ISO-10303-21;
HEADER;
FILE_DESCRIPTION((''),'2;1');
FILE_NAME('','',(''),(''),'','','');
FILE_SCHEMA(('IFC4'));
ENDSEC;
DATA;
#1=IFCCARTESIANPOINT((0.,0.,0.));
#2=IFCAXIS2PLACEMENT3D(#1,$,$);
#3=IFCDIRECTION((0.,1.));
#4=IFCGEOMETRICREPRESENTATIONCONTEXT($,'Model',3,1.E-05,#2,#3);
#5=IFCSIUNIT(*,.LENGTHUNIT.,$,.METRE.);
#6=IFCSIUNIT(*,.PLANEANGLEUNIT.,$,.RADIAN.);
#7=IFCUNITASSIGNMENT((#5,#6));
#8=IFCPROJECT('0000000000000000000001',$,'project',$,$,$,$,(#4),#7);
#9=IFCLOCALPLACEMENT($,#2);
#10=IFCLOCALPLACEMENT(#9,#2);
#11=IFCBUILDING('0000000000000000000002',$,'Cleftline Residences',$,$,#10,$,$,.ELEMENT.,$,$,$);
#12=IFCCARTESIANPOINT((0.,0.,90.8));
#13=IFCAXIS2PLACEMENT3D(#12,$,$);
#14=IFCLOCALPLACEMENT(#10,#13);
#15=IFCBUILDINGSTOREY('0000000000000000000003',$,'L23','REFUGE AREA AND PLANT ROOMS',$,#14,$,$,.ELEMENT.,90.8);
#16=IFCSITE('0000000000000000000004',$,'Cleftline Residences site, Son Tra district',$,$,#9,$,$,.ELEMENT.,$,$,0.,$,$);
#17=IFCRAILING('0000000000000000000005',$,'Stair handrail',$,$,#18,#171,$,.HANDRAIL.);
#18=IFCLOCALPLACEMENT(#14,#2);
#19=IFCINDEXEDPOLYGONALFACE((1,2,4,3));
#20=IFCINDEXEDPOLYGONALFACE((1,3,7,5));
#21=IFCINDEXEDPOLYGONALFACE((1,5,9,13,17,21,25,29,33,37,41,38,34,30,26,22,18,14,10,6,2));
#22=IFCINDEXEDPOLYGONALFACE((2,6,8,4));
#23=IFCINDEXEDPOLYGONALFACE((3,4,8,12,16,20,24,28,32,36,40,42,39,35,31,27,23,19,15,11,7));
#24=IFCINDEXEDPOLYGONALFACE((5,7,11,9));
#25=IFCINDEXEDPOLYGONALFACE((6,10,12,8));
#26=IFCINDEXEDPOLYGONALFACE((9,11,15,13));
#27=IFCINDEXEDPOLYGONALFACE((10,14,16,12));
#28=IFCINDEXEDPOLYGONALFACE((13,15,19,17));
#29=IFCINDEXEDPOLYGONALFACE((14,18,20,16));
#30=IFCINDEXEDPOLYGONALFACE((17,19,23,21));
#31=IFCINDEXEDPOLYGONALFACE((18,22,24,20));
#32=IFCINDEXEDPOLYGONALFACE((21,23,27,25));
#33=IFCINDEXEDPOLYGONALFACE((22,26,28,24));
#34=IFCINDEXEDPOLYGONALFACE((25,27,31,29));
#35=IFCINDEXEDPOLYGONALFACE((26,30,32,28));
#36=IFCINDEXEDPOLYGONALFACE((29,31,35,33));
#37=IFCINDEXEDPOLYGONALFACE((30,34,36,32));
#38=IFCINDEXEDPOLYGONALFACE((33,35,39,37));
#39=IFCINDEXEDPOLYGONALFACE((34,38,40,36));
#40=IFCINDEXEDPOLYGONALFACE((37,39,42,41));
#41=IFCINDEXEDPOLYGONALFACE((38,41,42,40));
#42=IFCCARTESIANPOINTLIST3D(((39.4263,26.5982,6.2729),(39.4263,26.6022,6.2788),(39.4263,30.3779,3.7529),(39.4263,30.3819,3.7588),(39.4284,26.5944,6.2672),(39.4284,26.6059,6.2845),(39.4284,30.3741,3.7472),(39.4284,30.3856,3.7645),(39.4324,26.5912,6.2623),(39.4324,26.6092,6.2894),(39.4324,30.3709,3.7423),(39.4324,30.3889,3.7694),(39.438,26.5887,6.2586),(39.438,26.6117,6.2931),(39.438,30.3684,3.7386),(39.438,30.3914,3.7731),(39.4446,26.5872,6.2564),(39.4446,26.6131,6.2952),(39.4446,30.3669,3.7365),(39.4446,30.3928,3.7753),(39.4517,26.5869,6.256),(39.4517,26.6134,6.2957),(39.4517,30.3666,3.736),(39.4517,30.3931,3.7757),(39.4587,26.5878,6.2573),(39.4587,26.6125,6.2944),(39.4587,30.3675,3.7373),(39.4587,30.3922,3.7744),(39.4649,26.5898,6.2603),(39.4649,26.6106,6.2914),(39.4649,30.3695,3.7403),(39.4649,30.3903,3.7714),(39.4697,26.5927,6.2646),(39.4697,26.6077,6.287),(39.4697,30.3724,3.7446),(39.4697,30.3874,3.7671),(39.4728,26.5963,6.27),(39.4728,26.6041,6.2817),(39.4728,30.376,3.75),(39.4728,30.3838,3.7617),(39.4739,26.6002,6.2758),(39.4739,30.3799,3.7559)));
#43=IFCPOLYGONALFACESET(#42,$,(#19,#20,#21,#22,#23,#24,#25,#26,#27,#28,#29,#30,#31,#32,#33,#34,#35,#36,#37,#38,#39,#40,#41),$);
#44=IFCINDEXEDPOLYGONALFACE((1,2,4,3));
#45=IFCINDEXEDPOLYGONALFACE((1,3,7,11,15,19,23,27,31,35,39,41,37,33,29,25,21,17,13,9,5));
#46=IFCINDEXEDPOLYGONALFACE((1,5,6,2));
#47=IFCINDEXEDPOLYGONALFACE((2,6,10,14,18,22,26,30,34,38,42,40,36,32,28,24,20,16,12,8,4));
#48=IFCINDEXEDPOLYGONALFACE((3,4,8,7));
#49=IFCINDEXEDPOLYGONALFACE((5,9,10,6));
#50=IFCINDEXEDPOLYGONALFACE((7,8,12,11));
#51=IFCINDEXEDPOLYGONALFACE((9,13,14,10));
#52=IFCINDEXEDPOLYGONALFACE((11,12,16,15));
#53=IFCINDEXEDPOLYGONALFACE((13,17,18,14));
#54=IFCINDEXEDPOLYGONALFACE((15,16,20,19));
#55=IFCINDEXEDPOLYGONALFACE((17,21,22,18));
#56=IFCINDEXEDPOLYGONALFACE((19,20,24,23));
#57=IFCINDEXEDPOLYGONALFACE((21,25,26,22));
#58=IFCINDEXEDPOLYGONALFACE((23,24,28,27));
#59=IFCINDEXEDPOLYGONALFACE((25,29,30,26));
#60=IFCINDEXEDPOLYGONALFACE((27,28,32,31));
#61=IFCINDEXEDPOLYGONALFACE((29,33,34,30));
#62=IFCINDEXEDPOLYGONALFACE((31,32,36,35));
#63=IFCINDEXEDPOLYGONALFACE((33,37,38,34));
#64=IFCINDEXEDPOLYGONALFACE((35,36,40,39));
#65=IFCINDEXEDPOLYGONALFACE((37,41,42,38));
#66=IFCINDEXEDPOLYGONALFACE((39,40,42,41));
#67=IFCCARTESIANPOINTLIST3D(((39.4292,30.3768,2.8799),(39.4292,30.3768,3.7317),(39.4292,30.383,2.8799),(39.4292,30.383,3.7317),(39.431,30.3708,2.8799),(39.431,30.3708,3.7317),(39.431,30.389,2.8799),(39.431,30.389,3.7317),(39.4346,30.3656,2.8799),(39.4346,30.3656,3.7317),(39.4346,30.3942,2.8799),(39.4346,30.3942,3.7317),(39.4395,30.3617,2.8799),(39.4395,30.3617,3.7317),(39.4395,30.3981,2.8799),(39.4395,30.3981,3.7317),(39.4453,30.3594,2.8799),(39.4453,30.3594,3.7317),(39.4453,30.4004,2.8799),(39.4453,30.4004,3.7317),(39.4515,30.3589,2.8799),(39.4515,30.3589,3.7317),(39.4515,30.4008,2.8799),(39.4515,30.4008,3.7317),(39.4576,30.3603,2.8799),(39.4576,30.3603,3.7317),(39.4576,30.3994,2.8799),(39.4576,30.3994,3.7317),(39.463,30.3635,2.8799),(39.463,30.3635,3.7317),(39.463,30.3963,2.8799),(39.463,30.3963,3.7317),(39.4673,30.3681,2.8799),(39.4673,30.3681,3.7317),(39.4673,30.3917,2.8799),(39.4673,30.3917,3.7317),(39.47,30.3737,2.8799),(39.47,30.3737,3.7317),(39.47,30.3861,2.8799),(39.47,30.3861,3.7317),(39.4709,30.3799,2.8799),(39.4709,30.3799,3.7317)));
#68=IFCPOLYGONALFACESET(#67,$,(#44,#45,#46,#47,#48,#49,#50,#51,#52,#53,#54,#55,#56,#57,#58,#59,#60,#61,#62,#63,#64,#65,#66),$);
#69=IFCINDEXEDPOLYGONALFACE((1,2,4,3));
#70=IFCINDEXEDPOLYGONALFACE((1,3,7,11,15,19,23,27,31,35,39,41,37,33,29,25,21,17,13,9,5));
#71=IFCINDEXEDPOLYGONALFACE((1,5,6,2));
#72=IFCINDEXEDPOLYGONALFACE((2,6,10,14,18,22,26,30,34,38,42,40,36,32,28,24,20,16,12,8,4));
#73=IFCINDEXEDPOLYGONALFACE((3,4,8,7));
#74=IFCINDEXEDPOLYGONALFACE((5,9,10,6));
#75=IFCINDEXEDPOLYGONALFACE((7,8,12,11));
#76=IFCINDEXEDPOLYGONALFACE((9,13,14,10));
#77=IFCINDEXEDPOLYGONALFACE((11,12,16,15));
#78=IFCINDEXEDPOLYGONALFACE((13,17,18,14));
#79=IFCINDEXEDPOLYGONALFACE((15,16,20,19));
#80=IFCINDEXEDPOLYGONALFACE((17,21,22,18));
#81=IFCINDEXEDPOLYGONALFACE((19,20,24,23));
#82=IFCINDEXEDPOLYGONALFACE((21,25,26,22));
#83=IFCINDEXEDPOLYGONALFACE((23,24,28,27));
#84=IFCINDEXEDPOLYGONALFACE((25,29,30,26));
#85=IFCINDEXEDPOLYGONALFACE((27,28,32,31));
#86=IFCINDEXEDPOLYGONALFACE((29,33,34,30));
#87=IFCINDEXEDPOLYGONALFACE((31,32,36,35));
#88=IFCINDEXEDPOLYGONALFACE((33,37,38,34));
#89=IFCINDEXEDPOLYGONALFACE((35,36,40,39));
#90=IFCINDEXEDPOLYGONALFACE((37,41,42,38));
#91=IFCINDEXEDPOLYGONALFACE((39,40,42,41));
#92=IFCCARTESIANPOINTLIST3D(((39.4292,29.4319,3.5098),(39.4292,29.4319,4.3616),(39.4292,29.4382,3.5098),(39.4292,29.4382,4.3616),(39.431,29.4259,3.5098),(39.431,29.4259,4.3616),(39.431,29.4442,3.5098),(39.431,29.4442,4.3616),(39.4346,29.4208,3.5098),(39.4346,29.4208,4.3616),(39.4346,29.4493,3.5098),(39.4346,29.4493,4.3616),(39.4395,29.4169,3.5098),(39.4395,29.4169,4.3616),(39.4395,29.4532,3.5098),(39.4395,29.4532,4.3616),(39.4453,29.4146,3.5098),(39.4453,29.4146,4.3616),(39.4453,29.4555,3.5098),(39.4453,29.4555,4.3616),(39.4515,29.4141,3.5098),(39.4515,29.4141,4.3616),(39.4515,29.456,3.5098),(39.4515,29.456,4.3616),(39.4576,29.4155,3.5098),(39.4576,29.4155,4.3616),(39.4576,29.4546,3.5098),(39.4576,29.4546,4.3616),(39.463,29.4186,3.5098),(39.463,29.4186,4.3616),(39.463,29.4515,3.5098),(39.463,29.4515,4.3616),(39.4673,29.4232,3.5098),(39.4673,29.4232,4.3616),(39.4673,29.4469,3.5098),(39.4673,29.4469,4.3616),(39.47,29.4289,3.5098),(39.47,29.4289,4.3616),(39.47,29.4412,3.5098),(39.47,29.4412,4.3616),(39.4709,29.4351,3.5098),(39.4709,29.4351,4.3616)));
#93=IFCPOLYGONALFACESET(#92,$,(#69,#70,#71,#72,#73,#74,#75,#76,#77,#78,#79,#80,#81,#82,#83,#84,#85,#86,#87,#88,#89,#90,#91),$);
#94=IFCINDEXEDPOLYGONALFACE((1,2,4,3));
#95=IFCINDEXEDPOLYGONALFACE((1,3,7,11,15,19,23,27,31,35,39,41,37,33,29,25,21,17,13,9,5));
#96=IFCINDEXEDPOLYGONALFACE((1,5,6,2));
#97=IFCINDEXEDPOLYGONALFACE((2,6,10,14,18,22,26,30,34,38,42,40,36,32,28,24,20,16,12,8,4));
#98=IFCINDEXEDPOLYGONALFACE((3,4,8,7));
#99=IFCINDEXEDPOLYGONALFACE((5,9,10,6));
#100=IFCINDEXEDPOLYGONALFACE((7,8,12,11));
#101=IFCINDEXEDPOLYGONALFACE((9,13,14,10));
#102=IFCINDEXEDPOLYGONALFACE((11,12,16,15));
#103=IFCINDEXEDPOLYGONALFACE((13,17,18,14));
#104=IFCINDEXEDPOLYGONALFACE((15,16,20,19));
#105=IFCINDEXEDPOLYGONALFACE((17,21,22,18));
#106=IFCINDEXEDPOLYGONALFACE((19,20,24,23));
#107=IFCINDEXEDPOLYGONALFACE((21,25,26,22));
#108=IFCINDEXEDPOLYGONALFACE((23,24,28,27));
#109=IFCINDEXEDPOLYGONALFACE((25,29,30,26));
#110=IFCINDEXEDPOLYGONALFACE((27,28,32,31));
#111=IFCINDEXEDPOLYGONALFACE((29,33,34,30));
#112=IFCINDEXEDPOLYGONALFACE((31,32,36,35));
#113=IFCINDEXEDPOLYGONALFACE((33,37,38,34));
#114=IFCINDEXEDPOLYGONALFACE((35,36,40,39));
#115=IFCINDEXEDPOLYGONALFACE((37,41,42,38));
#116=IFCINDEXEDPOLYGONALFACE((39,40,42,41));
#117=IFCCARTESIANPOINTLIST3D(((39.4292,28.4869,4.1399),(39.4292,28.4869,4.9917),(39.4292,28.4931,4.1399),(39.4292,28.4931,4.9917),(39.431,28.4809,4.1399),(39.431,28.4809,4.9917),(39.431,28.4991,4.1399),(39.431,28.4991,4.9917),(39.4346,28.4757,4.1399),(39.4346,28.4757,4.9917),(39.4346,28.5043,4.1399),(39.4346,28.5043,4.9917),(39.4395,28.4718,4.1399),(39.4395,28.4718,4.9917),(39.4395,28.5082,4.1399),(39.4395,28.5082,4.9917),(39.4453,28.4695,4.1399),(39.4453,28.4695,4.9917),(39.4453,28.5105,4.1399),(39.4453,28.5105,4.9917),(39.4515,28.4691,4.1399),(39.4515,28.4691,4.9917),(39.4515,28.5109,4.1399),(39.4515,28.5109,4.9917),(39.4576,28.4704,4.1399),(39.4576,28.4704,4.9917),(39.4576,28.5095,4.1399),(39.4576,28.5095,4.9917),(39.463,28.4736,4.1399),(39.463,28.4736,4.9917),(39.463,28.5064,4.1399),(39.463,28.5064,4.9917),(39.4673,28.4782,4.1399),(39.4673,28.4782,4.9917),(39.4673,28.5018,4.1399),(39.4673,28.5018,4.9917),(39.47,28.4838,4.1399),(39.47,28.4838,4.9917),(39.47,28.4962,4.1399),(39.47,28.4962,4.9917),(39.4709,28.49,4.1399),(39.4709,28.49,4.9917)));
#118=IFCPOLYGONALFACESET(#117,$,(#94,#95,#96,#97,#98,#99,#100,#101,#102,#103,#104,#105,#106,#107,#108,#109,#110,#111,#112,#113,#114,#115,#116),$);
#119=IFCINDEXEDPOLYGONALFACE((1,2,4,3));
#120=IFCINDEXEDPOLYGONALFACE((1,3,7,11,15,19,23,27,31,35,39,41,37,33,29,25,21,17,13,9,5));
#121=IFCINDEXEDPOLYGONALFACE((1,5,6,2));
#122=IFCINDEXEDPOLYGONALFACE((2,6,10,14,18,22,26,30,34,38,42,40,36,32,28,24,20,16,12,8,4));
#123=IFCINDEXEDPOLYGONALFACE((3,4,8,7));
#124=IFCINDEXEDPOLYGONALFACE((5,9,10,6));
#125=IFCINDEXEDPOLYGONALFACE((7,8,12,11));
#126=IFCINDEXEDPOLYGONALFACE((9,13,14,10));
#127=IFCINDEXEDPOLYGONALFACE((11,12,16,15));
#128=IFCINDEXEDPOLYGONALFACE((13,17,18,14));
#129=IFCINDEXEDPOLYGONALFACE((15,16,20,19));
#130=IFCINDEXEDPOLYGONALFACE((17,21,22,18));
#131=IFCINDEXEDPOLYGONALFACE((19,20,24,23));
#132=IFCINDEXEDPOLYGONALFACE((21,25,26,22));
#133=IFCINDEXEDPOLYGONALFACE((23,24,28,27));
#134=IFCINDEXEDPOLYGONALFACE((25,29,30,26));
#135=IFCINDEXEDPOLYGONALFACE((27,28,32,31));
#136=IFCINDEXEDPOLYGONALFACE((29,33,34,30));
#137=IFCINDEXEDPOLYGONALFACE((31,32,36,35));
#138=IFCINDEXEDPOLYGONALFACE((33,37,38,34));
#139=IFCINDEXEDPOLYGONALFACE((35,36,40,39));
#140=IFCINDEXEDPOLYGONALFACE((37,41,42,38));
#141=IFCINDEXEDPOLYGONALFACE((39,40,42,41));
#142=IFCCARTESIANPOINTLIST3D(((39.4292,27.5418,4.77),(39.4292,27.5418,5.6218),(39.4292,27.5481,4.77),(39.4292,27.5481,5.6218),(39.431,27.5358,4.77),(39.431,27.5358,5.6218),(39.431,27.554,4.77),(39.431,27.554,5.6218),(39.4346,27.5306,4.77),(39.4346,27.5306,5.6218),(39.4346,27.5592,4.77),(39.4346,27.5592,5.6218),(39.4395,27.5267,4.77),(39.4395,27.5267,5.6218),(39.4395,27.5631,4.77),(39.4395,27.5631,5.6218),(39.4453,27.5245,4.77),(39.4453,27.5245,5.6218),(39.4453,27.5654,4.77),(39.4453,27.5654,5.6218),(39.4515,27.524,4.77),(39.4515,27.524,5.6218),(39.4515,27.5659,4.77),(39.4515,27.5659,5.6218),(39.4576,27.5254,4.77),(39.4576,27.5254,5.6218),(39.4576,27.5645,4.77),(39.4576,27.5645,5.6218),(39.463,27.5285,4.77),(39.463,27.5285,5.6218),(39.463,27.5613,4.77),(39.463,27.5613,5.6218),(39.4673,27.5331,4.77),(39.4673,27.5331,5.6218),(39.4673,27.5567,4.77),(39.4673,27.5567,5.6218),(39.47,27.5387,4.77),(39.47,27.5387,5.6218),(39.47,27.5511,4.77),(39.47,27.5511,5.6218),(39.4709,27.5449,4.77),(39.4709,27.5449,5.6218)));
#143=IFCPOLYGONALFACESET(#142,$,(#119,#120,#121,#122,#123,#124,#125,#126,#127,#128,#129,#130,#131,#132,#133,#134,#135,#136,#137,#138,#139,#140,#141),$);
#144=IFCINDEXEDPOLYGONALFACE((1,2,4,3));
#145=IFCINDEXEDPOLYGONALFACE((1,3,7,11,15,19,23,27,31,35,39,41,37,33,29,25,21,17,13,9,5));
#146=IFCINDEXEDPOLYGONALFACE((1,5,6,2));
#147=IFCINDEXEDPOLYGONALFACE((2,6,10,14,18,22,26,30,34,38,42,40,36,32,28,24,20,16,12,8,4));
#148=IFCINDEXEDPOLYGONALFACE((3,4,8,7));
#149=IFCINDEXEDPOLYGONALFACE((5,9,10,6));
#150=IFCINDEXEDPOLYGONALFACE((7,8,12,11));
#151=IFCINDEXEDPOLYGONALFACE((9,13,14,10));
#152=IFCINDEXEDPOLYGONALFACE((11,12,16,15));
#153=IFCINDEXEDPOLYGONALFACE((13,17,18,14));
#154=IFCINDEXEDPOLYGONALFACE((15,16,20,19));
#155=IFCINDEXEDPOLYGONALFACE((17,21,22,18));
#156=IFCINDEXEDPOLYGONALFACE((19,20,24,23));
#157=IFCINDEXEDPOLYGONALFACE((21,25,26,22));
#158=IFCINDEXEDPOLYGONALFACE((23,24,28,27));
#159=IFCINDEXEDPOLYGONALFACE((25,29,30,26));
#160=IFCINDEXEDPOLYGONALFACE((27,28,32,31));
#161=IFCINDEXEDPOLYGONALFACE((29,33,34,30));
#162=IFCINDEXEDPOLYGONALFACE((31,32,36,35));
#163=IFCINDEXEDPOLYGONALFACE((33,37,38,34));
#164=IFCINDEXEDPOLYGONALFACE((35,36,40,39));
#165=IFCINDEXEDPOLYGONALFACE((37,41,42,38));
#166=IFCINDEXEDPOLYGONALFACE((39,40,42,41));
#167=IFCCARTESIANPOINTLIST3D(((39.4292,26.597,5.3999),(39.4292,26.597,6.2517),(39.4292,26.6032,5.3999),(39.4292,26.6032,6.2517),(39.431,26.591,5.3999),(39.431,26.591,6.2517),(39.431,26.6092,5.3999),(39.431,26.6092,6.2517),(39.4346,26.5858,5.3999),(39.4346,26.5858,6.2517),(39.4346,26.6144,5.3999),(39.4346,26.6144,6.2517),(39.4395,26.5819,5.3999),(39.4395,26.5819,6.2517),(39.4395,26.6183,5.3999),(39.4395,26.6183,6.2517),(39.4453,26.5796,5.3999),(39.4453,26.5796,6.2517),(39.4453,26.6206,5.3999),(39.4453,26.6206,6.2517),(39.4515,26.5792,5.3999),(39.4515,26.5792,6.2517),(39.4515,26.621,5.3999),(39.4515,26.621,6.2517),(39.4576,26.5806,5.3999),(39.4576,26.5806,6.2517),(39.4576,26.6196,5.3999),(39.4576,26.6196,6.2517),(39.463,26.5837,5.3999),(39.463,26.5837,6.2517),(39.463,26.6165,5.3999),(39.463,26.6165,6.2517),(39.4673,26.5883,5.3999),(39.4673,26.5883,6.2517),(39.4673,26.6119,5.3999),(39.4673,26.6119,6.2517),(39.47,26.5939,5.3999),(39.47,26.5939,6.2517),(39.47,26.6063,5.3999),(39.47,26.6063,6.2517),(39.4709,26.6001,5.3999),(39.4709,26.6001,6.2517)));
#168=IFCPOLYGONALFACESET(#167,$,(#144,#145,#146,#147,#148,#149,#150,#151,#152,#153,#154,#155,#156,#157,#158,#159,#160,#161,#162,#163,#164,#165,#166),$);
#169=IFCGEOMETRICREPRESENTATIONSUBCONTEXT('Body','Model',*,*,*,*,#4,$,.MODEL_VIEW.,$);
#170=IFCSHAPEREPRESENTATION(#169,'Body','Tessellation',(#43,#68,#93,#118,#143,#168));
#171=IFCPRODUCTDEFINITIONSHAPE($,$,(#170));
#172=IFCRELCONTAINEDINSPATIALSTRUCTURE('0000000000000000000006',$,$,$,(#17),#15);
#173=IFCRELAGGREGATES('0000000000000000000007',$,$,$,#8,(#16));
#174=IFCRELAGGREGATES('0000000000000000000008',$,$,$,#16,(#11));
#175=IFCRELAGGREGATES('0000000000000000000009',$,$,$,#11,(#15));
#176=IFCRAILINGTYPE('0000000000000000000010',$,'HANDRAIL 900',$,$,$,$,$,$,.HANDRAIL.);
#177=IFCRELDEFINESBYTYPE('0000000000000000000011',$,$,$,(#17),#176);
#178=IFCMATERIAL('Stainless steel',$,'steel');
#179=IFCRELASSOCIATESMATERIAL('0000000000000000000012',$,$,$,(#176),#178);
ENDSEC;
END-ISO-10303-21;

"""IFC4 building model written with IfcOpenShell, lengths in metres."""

from ifc_helpers import new_model, si_unit, direction, frame, origin, origin_2d, place, context, subcontext, project, spatial, circle, extrude, material, type_object, element, save


model = new_model("IFC4")

# Units and contexts
model_context = context("Model", 3, precision=1e-05, world=origin(), true_north=direction((0.0, 1.0)))
body_context = subcontext(model_context, "Body", "Model", "MODEL_VIEW")
ifc_project = project(units=[si_unit("LENGTHUNIT", "METRE"), si_unit("PLANEANGLEUNIT", "RADIAN")], contexts=[model_context])

# Site, building, storey
site_placement = place(None, origin())
site = spatial("IfcSite", under=ifc_project, at=site_placement, Name="Cleftline Residences site, Son Tra district", CompositionType="ELEMENT", RefElevation=0.0)
building_placement = place(site_placement, origin())
building = spatial("IfcBuilding", under=site, at=building_placement, Name="Cleftline Residences", CompositionType="ELEMENT")
storey_placement = place(building_placement, frame((0.0, 0.0, 90.8)))
storey = spatial("IfcBuildingStorey", under=building, at=storey_placement, Name="L23", Description="REFUGE AREA AND PLANT ROOMS", CompositionType="ELEMENT", Elevation=90.8)

# Railing
ifc_material_1 = material(Name="Stainless steel", Category="steel")
railing_type = type_object("IfcRailingType", Name="HANDRAIL 900", PredefinedType="HANDRAIL", material=ifc_material_1)
railing_1_placement = place(storey_placement, frame((39.45, 30.3799, 2.8799)))
element("IfcRailing", 1, at=railing_1_placement, inside=storey, type_object=railing_type, Name="Stair handrail", PredefinedType="HANDRAIL", context=body_context, shape_type="SweptSolid", body=[
    extrude(circle(Radius=0.0239, at=origin_2d()), frame((0.0, 0.0, 0.876), z_axis=(0.0, -0.832034, 0.554725), x_axis=(1.0, 0.0, 0.0)), (0.0, 0.0, 1.0), 4.5427),
    extrude(circle(Radius=0.021, at=origin_2d()), origin(), (0.0, 0.0, 1.0), 0.8518),
    extrude(circle(Radius=0.021, at=origin_2d()), frame((0.0, -0.9448, 0.6299)), (0.0, 0.0, 1.0), 0.8518),
    extrude(circle(Radius=0.021, at=origin_2d()), frame((0.0, -1.8899, 1.26)), (0.0, 0.0, 1.0), 0.8518),
    extrude(circle(Radius=0.021, at=origin_2d()), frame((0.0, -2.835, 1.8901)), (0.0, 0.0, 1.0), 0.8518),
    extrude(circle(Radius=0.021, at=origin_2d()), frame((0.0, -3.7798, 2.52)), (0.0, 0.0, 1.0), 0.8518),
])

save(model, "model.ifc")
